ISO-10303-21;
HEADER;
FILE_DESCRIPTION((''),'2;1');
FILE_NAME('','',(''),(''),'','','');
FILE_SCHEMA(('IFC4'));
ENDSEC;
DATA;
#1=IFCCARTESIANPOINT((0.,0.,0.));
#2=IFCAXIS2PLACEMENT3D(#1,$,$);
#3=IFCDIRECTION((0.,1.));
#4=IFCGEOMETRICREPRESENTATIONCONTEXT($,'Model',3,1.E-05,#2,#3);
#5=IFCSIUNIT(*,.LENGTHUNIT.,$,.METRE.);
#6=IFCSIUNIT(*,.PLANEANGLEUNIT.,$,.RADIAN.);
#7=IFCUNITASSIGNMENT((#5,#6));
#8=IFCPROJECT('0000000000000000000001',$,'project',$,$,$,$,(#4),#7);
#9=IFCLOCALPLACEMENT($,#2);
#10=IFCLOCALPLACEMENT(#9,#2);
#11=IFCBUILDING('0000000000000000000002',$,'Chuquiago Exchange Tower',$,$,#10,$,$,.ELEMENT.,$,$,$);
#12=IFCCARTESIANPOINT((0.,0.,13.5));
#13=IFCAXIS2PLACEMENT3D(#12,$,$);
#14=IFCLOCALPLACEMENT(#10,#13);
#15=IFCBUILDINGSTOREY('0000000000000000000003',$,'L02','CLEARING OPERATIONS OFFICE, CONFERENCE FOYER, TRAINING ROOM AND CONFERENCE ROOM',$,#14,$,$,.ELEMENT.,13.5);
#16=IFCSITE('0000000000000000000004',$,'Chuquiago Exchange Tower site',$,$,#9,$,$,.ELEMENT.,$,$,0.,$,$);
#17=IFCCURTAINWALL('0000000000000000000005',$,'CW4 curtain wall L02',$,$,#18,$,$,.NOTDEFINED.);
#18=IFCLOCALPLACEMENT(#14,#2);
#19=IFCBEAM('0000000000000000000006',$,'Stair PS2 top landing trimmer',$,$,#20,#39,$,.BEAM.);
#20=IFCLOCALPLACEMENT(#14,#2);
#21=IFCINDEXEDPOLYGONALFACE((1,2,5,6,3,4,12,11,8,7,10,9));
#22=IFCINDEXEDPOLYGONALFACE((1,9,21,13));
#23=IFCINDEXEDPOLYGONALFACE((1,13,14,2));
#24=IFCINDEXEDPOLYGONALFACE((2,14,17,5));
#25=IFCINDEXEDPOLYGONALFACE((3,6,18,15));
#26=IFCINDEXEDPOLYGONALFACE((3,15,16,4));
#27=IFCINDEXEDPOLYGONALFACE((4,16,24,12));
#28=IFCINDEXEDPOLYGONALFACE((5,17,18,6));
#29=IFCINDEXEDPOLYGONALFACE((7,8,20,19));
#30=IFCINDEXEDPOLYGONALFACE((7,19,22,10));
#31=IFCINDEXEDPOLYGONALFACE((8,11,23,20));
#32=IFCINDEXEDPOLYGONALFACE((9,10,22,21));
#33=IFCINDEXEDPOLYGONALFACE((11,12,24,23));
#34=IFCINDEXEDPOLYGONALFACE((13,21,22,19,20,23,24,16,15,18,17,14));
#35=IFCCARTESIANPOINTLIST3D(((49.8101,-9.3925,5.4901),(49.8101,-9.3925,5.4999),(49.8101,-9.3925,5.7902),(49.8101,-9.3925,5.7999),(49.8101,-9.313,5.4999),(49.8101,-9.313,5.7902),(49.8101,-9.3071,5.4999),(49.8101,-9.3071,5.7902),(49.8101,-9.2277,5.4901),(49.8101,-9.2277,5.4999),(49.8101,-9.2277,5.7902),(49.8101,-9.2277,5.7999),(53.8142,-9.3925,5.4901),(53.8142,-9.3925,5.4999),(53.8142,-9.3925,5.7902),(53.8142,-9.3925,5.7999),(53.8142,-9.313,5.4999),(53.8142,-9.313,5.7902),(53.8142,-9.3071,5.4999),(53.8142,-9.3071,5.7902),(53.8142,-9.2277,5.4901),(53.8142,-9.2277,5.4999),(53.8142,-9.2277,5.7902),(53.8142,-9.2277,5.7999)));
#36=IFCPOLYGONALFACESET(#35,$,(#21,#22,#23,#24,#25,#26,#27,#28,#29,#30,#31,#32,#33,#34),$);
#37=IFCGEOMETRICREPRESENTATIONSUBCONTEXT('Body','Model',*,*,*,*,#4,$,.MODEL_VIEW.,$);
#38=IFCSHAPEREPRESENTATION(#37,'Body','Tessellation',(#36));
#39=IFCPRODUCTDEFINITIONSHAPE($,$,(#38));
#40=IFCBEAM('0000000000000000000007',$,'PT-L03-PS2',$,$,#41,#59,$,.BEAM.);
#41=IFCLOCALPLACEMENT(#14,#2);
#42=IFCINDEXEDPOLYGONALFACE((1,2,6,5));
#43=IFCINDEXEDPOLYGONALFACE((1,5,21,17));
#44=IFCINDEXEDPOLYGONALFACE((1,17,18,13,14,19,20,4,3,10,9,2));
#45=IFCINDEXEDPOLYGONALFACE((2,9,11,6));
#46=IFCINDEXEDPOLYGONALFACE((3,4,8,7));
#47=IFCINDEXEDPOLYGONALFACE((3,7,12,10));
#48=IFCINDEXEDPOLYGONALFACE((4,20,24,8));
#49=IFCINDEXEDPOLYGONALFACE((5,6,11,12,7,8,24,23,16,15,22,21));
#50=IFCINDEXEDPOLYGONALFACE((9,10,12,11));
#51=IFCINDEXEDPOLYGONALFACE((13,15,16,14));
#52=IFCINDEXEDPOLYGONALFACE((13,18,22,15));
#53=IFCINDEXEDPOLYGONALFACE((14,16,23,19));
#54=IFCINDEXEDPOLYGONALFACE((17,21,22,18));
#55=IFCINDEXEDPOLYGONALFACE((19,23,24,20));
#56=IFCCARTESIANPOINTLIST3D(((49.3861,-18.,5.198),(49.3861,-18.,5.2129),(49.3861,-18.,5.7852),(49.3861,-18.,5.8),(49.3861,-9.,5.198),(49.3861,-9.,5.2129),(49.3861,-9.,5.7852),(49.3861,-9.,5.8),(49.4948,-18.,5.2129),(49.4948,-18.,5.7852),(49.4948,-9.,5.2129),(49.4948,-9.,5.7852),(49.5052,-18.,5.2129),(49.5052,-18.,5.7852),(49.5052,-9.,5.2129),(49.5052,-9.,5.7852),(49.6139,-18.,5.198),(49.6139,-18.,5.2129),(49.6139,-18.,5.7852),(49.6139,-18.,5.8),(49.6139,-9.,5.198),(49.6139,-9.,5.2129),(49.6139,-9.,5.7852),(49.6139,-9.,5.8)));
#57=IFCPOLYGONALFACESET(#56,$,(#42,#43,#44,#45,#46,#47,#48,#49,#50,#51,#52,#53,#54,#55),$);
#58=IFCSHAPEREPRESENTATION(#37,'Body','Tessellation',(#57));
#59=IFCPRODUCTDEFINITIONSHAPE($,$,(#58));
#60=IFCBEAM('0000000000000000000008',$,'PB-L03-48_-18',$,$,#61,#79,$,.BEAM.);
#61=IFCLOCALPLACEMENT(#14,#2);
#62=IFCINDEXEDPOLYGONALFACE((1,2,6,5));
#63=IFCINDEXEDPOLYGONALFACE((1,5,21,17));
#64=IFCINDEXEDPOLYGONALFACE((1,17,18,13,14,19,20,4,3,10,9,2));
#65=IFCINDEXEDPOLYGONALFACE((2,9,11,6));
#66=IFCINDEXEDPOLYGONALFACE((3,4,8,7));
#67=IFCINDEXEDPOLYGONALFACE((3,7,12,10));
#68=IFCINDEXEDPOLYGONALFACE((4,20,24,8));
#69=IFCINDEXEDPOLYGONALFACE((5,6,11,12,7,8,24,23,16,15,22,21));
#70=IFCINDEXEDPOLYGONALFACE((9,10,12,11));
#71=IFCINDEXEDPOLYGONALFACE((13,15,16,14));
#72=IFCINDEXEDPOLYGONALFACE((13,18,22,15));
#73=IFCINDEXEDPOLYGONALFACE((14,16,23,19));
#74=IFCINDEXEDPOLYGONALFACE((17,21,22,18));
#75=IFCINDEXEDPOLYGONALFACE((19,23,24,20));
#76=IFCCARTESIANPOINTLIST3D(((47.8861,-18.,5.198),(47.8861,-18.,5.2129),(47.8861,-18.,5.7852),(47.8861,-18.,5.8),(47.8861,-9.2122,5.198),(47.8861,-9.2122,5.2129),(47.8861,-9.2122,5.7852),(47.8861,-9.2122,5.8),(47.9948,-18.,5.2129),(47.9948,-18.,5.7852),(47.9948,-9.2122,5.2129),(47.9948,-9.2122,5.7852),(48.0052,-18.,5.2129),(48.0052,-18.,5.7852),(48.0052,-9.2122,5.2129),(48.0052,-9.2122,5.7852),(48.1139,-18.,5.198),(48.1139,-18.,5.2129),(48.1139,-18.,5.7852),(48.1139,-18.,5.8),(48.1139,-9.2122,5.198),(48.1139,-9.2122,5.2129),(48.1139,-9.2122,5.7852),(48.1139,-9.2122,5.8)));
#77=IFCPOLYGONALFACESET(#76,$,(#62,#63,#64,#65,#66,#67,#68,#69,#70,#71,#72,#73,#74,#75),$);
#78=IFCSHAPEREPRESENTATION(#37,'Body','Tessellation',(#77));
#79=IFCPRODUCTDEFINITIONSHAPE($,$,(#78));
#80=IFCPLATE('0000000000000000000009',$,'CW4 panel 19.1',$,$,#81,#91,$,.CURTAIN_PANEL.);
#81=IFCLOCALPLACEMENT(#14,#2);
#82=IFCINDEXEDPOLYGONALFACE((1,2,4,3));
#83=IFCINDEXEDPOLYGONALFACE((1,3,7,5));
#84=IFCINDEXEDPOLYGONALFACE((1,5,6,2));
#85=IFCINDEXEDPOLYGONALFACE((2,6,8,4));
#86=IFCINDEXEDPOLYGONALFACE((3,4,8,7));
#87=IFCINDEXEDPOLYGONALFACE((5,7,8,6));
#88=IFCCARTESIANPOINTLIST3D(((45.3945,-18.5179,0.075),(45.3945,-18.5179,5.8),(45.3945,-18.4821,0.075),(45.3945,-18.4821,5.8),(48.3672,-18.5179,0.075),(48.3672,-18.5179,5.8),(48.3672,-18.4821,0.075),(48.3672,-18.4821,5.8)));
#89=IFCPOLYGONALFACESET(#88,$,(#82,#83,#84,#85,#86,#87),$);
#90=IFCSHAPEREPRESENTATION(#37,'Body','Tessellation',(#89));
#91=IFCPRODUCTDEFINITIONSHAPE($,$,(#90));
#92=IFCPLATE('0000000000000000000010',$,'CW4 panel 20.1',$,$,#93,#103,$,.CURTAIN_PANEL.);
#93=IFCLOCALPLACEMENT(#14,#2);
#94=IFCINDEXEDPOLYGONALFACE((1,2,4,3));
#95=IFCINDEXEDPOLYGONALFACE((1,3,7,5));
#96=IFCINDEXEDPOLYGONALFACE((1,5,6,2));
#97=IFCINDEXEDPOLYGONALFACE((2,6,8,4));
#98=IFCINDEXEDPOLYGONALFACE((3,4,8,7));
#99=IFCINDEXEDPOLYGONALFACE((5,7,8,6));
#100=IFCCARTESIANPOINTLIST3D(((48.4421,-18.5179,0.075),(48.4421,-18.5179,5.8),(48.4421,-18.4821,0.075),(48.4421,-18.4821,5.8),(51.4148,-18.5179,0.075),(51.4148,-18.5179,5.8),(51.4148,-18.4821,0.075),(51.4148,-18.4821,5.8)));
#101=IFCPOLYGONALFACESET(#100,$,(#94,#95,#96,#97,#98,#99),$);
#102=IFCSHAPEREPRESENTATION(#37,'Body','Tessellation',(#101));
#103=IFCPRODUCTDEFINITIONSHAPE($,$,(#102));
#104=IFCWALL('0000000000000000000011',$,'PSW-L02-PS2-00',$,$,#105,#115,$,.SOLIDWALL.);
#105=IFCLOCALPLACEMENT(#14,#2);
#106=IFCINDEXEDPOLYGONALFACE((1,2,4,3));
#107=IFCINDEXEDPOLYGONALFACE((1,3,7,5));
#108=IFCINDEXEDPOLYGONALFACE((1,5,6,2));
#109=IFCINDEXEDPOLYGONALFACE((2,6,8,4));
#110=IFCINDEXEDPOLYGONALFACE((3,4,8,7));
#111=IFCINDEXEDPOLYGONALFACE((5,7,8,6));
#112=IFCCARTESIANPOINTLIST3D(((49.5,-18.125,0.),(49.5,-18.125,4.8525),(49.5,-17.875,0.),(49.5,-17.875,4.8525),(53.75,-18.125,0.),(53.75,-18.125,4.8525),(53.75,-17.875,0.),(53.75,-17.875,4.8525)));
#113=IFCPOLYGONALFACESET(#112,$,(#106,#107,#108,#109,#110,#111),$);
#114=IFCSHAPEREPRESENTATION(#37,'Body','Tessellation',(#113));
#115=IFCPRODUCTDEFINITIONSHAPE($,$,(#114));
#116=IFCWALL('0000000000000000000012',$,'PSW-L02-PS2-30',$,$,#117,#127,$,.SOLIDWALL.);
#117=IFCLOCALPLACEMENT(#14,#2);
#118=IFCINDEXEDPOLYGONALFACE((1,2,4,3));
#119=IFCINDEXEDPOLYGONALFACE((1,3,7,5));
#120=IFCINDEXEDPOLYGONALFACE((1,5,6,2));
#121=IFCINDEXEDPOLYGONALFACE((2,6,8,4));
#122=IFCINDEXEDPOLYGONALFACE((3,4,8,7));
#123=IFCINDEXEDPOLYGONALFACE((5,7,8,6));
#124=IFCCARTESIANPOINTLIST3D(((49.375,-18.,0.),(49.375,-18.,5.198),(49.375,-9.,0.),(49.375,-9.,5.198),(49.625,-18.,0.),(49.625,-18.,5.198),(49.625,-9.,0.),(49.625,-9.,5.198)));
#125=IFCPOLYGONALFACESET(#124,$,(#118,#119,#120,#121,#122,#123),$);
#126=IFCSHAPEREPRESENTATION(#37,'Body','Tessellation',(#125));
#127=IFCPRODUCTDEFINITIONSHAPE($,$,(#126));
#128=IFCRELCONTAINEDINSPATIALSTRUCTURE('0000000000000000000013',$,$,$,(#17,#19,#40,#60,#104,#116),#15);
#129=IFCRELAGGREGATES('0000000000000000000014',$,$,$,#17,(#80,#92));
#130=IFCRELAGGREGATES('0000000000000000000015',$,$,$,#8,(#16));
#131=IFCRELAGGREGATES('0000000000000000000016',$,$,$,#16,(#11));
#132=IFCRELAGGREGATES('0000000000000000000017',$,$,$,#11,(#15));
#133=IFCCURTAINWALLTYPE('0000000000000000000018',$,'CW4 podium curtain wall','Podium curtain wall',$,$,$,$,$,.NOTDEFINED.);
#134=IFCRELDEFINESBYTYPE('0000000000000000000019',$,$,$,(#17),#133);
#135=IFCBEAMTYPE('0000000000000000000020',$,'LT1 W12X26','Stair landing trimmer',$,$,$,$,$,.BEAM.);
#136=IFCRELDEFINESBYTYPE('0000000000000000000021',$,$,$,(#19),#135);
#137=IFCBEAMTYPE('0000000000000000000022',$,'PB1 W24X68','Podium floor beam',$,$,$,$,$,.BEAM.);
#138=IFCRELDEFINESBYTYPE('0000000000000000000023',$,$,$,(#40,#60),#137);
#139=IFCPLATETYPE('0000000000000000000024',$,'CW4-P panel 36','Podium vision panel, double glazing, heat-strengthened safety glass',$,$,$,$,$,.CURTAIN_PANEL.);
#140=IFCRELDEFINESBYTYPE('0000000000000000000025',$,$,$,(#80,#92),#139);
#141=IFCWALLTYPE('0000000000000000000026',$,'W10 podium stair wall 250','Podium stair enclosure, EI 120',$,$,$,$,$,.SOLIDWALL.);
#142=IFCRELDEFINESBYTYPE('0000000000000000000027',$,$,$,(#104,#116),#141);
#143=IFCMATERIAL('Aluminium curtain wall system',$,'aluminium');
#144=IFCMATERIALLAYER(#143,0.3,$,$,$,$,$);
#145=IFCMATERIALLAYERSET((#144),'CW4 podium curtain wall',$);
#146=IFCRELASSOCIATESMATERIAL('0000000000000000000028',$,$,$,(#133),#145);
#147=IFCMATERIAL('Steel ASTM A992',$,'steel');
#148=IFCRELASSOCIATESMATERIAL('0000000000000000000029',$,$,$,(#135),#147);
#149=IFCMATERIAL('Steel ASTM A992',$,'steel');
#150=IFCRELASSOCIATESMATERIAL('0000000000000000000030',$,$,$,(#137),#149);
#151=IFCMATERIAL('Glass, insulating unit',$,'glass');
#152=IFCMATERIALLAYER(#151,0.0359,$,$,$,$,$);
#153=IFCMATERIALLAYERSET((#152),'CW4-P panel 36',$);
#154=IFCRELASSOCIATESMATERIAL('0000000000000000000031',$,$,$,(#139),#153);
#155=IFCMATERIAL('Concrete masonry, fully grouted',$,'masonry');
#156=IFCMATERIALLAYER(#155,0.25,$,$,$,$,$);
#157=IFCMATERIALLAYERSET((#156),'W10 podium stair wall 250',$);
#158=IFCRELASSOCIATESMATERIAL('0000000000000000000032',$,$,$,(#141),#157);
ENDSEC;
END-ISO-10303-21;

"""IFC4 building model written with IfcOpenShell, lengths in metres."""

from ifc_helpers import new_model, si_unit, direction, frame, frame_2d, origin, origin_2d, place, context, subcontext, project, spatial, rectangle, i_section, extrude, material, layer, layer_set, material_profile, profile_set, type_object, element, aggregate, save


model = new_model("IFC4")

# Units and contexts
model_context = context("Model", 3, precision=1e-05, world=origin(), true_north=direction((0.0, 1.0)))
body_context = subcontext(model_context, "Body", "Model", "MODEL_VIEW")
ifc_project = project(units=[si_unit("LENGTHUNIT", "METRE"), si_unit("PLANEANGLEUNIT", "RADIAN")], contexts=[model_context])

# Site, building, storey
site_placement = place(None, origin())
site = spatial("IfcSite", under=ifc_project, at=site_placement, Name="Chuquiago Exchange Tower site", CompositionType="ELEMENT", RefElevation=0.0)
building_placement = place(site_placement, origin())
building = spatial("IfcBuilding", under=site, at=building_placement, Name="Chuquiago Exchange Tower", CompositionType="ELEMENT")
storey_placement = place(building_placement, frame((0.0, 0.0, 13.5)))
storey = spatial("IfcBuildingStorey", under=building, at=storey_placement, Name="L02", Description="CLEARING OPERATIONS OFFICE, CONFERENCE FOYER, TRAINING ROOM AND CONFERENCE ROOM", CompositionType="ELEMENT", Elevation=13.5)

# Curtain wall
ifc_material_1 = material(Name="Aluminium curtain wall system", Category="aluminium")
ifc_layer_1 = layer(ifc_material_1, 0.3)
ifc_layer_set_1 = layer_set([ifc_layer_1], Name="CW4 podium curtain wall")
curtain_wall_type = type_object("IfcCurtainWallType", Name="CW4 podium curtain wall", Description="Podium curtain wall", PredefinedType="NOTDEFINED", material=ifc_layer_set_1)
curtain_wall_placement = place(storey_placement, origin())
curtain_wall = element("IfcCurtainWall", 1, at=curtain_wall_placement, inside=storey, type_object=curtain_wall_type, Name="CW4 curtain wall L02", PredefinedType="NOTDEFINED")

# Beams
ifc_material_2 = material(Name="Steel ASTM A992", Category="steel")
ifc_material_profile_1 = material_profile(ifc_material_2, i_section(OverallWidth=0.1648, OverallDepth=0.3098, WebThickness=0.0059, FlangeThickness=0.0098, at=origin_2d()), Name="W12X26")
ifc_profile_set_1 = profile_set([ifc_material_profile_1], Name="Steel ASTM A992")
beam_type_1 = type_object("IfcBeamType", Name="LT1 W12X26", Description="Stair landing trimmer", PredefinedType="BEAM", material=ifc_profile_set_1)
beam_1_placement = place(storey_placement, frame((49.8101, -9.3101, 5.645), z_axis=(1.0, 0.0, 0.0), x_axis=(0.0, 1.0, 0.0)))
element("IfcBeam", 2, at=beam_1_placement, inside=storey, type_object=beam_type_1, Name="Stair PS2 top landing trimmer", PredefinedType="BEAM", context=body_context, shape_type="SweptSolid", body=[
    extrude(i_section(OverallWidth=0.1648, OverallDepth=0.3098, WebThickness=0.0059, FlangeThickness=0.0098, at=origin_2d()), origin(), (0.0, 0.0, 1.0), 4.0042),
])
ifc_material_3 = material(Name="Steel ASTM A992", Category="steel")
ifc_material_profile_2 = material_profile(ifc_material_3, i_section(OverallWidth=0.2278, OverallDepth=0.6021, WebThickness=0.0105, FlangeThickness=0.0149, at=origin_2d()), Name="W24X68")
ifc_profile_set_2 = profile_set([ifc_material_profile_2], Name="Steel ASTM A992")
beam_type_2 = type_object("IfcBeamType", Name="PB1 W24X68", Description="Podium floor beam", PredefinedType="BEAM", material=ifc_profile_set_2)
beam_2_placement = place(storey_placement, frame((49.5, -18.0, 5.499), z_axis=(0.0, 1.0, 0.0), x_axis=(-1.0, 0.0, 0.0)))
element("IfcBeam", 3, at=beam_2_placement, inside=storey, type_object=beam_type_2, Name="PT-L03-PS2", PredefinedType="BEAM", context=body_context, shape_type="SweptSolid", body=[
    extrude(i_section(OverallWidth=0.2278, OverallDepth=0.6021, WebThickness=0.0105, FlangeThickness=0.0149, at=origin_2d()), origin(), (0.0, 0.0, 1.0), 9.0),
])
beam_3_placement = place(storey_placement, frame((48.0, -18.0, 5.499), z_axis=(0.0, 1.0, 0.0), x_axis=(-1.0, 0.0, 0.0)))
element("IfcBeam", 4, at=beam_3_placement, inside=storey, type_object=beam_type_2, Name="PB-L03-48_-18", PredefinedType="BEAM", context=body_context, shape_type="SweptSolid", body=[
    extrude(i_section(OverallWidth=0.2278, OverallDepth=0.6021, WebThickness=0.0105, FlangeThickness=0.0149, at=origin_2d()), origin(), (0.0, 0.0, 1.0), 8.7878),
])

# Plates
ifc_material_4 = material(Name="Glass, insulating unit", Category="glass")
ifc_layer_2 = layer(ifc_material_4, 0.0359)
ifc_layer_set_2 = layer_set([ifc_layer_2], Name="CW4-P panel 36")
plate_type = type_object("IfcPlateType", Name="CW4-P panel 36", Description="Podium vision panel, double glazing, heat-strengthened safety glass", PredefinedType="CURTAIN_PANEL", material=ifc_layer_set_2)
plate_1_placement = place(storey_placement, frame((46.8809, -18.5, 0.075), z_axis=(0.0, 0.0, 1.0), x_axis=(1.0, 0.0, 0.0)))
plate_1 = element("IfcPlate", 5, at=plate_1_placement, type_object=plate_type, Name="CW4 panel 19.1", PredefinedType="CURTAIN_PANEL", context=body_context, shape_type="SweptSolid", body=[
    extrude(rectangle(XDim=2.9727, YDim=0.0359, at=origin_2d()), origin(), (0.0, 0.0, 1.0), 5.7251),
])
plate_2_placement = place(storey_placement, frame((49.9285, -18.5, 0.075), z_axis=(0.0, 0.0, 1.0), x_axis=(1.0, 0.0, 0.0)))
plate_2 = element("IfcPlate", 6, at=plate_2_placement, type_object=plate_type, Name="CW4 panel 20.1", PredefinedType="CURTAIN_PANEL", context=body_context, shape_type="SweptSolid", body=[
    extrude(rectangle(XDim=2.9727, YDim=0.0359, at=origin_2d()), origin(), (0.0, 0.0, 1.0), 5.7251),
])
aggregate(curtain_wall, [plate_1, plate_2])

# Walls
ifc_material_5 = material(Name="Concrete masonry, fully grouted", Category="masonry")
ifc_layer_3 = layer(ifc_material_5, 0.25)
ifc_layer_set_3 = layer_set([ifc_layer_3], Name="W10 podium stair wall 250")
wall_type = type_object("IfcWallType", Name="W10 podium stair wall 250", Description="Podium stair enclosure, EI 120", PredefinedType="SOLIDWALL", material=ifc_layer_set_3)
wall_1_placement = place(storey_placement, frame((49.5, -18.0, 0.0), z_axis=(0.0, 0.0, 1.0), x_axis=(1.0, 0.0, 0.0)))
element("IfcWall", 7, at=wall_1_placement, inside=storey, type_object=wall_type, Name="PSW-L02-PS2-00", PredefinedType="SOLIDWALL", context=body_context, shape_type="SweptSolid", body=[
    extrude(rectangle(XDim=4.25, YDim=0.25, at=frame_2d((2.125, 0.0))), origin(), (0.0, 0.0, 1.0), 4.8525),
])
wall_2_placement = place(storey_placement, frame((49.5, -18.0, 0.0), z_axis=(0.0, 0.0, 1.0), x_axis=(0.0, 1.0, 0.0)))
element("IfcWall", 8, at=wall_2_placement, inside=storey, type_object=wall_type, Name="PSW-L02-PS2-30", PredefinedType="SOLIDWALL", context=body_context, shape_type="SweptSolid", body=[
    extrude(rectangle(XDim=9.0, YDim=0.25, at=frame_2d((4.5, 0.0))), origin(), (0.0, 0.0, 1.0), 5.198),
])

save(model, "model.ifc")
